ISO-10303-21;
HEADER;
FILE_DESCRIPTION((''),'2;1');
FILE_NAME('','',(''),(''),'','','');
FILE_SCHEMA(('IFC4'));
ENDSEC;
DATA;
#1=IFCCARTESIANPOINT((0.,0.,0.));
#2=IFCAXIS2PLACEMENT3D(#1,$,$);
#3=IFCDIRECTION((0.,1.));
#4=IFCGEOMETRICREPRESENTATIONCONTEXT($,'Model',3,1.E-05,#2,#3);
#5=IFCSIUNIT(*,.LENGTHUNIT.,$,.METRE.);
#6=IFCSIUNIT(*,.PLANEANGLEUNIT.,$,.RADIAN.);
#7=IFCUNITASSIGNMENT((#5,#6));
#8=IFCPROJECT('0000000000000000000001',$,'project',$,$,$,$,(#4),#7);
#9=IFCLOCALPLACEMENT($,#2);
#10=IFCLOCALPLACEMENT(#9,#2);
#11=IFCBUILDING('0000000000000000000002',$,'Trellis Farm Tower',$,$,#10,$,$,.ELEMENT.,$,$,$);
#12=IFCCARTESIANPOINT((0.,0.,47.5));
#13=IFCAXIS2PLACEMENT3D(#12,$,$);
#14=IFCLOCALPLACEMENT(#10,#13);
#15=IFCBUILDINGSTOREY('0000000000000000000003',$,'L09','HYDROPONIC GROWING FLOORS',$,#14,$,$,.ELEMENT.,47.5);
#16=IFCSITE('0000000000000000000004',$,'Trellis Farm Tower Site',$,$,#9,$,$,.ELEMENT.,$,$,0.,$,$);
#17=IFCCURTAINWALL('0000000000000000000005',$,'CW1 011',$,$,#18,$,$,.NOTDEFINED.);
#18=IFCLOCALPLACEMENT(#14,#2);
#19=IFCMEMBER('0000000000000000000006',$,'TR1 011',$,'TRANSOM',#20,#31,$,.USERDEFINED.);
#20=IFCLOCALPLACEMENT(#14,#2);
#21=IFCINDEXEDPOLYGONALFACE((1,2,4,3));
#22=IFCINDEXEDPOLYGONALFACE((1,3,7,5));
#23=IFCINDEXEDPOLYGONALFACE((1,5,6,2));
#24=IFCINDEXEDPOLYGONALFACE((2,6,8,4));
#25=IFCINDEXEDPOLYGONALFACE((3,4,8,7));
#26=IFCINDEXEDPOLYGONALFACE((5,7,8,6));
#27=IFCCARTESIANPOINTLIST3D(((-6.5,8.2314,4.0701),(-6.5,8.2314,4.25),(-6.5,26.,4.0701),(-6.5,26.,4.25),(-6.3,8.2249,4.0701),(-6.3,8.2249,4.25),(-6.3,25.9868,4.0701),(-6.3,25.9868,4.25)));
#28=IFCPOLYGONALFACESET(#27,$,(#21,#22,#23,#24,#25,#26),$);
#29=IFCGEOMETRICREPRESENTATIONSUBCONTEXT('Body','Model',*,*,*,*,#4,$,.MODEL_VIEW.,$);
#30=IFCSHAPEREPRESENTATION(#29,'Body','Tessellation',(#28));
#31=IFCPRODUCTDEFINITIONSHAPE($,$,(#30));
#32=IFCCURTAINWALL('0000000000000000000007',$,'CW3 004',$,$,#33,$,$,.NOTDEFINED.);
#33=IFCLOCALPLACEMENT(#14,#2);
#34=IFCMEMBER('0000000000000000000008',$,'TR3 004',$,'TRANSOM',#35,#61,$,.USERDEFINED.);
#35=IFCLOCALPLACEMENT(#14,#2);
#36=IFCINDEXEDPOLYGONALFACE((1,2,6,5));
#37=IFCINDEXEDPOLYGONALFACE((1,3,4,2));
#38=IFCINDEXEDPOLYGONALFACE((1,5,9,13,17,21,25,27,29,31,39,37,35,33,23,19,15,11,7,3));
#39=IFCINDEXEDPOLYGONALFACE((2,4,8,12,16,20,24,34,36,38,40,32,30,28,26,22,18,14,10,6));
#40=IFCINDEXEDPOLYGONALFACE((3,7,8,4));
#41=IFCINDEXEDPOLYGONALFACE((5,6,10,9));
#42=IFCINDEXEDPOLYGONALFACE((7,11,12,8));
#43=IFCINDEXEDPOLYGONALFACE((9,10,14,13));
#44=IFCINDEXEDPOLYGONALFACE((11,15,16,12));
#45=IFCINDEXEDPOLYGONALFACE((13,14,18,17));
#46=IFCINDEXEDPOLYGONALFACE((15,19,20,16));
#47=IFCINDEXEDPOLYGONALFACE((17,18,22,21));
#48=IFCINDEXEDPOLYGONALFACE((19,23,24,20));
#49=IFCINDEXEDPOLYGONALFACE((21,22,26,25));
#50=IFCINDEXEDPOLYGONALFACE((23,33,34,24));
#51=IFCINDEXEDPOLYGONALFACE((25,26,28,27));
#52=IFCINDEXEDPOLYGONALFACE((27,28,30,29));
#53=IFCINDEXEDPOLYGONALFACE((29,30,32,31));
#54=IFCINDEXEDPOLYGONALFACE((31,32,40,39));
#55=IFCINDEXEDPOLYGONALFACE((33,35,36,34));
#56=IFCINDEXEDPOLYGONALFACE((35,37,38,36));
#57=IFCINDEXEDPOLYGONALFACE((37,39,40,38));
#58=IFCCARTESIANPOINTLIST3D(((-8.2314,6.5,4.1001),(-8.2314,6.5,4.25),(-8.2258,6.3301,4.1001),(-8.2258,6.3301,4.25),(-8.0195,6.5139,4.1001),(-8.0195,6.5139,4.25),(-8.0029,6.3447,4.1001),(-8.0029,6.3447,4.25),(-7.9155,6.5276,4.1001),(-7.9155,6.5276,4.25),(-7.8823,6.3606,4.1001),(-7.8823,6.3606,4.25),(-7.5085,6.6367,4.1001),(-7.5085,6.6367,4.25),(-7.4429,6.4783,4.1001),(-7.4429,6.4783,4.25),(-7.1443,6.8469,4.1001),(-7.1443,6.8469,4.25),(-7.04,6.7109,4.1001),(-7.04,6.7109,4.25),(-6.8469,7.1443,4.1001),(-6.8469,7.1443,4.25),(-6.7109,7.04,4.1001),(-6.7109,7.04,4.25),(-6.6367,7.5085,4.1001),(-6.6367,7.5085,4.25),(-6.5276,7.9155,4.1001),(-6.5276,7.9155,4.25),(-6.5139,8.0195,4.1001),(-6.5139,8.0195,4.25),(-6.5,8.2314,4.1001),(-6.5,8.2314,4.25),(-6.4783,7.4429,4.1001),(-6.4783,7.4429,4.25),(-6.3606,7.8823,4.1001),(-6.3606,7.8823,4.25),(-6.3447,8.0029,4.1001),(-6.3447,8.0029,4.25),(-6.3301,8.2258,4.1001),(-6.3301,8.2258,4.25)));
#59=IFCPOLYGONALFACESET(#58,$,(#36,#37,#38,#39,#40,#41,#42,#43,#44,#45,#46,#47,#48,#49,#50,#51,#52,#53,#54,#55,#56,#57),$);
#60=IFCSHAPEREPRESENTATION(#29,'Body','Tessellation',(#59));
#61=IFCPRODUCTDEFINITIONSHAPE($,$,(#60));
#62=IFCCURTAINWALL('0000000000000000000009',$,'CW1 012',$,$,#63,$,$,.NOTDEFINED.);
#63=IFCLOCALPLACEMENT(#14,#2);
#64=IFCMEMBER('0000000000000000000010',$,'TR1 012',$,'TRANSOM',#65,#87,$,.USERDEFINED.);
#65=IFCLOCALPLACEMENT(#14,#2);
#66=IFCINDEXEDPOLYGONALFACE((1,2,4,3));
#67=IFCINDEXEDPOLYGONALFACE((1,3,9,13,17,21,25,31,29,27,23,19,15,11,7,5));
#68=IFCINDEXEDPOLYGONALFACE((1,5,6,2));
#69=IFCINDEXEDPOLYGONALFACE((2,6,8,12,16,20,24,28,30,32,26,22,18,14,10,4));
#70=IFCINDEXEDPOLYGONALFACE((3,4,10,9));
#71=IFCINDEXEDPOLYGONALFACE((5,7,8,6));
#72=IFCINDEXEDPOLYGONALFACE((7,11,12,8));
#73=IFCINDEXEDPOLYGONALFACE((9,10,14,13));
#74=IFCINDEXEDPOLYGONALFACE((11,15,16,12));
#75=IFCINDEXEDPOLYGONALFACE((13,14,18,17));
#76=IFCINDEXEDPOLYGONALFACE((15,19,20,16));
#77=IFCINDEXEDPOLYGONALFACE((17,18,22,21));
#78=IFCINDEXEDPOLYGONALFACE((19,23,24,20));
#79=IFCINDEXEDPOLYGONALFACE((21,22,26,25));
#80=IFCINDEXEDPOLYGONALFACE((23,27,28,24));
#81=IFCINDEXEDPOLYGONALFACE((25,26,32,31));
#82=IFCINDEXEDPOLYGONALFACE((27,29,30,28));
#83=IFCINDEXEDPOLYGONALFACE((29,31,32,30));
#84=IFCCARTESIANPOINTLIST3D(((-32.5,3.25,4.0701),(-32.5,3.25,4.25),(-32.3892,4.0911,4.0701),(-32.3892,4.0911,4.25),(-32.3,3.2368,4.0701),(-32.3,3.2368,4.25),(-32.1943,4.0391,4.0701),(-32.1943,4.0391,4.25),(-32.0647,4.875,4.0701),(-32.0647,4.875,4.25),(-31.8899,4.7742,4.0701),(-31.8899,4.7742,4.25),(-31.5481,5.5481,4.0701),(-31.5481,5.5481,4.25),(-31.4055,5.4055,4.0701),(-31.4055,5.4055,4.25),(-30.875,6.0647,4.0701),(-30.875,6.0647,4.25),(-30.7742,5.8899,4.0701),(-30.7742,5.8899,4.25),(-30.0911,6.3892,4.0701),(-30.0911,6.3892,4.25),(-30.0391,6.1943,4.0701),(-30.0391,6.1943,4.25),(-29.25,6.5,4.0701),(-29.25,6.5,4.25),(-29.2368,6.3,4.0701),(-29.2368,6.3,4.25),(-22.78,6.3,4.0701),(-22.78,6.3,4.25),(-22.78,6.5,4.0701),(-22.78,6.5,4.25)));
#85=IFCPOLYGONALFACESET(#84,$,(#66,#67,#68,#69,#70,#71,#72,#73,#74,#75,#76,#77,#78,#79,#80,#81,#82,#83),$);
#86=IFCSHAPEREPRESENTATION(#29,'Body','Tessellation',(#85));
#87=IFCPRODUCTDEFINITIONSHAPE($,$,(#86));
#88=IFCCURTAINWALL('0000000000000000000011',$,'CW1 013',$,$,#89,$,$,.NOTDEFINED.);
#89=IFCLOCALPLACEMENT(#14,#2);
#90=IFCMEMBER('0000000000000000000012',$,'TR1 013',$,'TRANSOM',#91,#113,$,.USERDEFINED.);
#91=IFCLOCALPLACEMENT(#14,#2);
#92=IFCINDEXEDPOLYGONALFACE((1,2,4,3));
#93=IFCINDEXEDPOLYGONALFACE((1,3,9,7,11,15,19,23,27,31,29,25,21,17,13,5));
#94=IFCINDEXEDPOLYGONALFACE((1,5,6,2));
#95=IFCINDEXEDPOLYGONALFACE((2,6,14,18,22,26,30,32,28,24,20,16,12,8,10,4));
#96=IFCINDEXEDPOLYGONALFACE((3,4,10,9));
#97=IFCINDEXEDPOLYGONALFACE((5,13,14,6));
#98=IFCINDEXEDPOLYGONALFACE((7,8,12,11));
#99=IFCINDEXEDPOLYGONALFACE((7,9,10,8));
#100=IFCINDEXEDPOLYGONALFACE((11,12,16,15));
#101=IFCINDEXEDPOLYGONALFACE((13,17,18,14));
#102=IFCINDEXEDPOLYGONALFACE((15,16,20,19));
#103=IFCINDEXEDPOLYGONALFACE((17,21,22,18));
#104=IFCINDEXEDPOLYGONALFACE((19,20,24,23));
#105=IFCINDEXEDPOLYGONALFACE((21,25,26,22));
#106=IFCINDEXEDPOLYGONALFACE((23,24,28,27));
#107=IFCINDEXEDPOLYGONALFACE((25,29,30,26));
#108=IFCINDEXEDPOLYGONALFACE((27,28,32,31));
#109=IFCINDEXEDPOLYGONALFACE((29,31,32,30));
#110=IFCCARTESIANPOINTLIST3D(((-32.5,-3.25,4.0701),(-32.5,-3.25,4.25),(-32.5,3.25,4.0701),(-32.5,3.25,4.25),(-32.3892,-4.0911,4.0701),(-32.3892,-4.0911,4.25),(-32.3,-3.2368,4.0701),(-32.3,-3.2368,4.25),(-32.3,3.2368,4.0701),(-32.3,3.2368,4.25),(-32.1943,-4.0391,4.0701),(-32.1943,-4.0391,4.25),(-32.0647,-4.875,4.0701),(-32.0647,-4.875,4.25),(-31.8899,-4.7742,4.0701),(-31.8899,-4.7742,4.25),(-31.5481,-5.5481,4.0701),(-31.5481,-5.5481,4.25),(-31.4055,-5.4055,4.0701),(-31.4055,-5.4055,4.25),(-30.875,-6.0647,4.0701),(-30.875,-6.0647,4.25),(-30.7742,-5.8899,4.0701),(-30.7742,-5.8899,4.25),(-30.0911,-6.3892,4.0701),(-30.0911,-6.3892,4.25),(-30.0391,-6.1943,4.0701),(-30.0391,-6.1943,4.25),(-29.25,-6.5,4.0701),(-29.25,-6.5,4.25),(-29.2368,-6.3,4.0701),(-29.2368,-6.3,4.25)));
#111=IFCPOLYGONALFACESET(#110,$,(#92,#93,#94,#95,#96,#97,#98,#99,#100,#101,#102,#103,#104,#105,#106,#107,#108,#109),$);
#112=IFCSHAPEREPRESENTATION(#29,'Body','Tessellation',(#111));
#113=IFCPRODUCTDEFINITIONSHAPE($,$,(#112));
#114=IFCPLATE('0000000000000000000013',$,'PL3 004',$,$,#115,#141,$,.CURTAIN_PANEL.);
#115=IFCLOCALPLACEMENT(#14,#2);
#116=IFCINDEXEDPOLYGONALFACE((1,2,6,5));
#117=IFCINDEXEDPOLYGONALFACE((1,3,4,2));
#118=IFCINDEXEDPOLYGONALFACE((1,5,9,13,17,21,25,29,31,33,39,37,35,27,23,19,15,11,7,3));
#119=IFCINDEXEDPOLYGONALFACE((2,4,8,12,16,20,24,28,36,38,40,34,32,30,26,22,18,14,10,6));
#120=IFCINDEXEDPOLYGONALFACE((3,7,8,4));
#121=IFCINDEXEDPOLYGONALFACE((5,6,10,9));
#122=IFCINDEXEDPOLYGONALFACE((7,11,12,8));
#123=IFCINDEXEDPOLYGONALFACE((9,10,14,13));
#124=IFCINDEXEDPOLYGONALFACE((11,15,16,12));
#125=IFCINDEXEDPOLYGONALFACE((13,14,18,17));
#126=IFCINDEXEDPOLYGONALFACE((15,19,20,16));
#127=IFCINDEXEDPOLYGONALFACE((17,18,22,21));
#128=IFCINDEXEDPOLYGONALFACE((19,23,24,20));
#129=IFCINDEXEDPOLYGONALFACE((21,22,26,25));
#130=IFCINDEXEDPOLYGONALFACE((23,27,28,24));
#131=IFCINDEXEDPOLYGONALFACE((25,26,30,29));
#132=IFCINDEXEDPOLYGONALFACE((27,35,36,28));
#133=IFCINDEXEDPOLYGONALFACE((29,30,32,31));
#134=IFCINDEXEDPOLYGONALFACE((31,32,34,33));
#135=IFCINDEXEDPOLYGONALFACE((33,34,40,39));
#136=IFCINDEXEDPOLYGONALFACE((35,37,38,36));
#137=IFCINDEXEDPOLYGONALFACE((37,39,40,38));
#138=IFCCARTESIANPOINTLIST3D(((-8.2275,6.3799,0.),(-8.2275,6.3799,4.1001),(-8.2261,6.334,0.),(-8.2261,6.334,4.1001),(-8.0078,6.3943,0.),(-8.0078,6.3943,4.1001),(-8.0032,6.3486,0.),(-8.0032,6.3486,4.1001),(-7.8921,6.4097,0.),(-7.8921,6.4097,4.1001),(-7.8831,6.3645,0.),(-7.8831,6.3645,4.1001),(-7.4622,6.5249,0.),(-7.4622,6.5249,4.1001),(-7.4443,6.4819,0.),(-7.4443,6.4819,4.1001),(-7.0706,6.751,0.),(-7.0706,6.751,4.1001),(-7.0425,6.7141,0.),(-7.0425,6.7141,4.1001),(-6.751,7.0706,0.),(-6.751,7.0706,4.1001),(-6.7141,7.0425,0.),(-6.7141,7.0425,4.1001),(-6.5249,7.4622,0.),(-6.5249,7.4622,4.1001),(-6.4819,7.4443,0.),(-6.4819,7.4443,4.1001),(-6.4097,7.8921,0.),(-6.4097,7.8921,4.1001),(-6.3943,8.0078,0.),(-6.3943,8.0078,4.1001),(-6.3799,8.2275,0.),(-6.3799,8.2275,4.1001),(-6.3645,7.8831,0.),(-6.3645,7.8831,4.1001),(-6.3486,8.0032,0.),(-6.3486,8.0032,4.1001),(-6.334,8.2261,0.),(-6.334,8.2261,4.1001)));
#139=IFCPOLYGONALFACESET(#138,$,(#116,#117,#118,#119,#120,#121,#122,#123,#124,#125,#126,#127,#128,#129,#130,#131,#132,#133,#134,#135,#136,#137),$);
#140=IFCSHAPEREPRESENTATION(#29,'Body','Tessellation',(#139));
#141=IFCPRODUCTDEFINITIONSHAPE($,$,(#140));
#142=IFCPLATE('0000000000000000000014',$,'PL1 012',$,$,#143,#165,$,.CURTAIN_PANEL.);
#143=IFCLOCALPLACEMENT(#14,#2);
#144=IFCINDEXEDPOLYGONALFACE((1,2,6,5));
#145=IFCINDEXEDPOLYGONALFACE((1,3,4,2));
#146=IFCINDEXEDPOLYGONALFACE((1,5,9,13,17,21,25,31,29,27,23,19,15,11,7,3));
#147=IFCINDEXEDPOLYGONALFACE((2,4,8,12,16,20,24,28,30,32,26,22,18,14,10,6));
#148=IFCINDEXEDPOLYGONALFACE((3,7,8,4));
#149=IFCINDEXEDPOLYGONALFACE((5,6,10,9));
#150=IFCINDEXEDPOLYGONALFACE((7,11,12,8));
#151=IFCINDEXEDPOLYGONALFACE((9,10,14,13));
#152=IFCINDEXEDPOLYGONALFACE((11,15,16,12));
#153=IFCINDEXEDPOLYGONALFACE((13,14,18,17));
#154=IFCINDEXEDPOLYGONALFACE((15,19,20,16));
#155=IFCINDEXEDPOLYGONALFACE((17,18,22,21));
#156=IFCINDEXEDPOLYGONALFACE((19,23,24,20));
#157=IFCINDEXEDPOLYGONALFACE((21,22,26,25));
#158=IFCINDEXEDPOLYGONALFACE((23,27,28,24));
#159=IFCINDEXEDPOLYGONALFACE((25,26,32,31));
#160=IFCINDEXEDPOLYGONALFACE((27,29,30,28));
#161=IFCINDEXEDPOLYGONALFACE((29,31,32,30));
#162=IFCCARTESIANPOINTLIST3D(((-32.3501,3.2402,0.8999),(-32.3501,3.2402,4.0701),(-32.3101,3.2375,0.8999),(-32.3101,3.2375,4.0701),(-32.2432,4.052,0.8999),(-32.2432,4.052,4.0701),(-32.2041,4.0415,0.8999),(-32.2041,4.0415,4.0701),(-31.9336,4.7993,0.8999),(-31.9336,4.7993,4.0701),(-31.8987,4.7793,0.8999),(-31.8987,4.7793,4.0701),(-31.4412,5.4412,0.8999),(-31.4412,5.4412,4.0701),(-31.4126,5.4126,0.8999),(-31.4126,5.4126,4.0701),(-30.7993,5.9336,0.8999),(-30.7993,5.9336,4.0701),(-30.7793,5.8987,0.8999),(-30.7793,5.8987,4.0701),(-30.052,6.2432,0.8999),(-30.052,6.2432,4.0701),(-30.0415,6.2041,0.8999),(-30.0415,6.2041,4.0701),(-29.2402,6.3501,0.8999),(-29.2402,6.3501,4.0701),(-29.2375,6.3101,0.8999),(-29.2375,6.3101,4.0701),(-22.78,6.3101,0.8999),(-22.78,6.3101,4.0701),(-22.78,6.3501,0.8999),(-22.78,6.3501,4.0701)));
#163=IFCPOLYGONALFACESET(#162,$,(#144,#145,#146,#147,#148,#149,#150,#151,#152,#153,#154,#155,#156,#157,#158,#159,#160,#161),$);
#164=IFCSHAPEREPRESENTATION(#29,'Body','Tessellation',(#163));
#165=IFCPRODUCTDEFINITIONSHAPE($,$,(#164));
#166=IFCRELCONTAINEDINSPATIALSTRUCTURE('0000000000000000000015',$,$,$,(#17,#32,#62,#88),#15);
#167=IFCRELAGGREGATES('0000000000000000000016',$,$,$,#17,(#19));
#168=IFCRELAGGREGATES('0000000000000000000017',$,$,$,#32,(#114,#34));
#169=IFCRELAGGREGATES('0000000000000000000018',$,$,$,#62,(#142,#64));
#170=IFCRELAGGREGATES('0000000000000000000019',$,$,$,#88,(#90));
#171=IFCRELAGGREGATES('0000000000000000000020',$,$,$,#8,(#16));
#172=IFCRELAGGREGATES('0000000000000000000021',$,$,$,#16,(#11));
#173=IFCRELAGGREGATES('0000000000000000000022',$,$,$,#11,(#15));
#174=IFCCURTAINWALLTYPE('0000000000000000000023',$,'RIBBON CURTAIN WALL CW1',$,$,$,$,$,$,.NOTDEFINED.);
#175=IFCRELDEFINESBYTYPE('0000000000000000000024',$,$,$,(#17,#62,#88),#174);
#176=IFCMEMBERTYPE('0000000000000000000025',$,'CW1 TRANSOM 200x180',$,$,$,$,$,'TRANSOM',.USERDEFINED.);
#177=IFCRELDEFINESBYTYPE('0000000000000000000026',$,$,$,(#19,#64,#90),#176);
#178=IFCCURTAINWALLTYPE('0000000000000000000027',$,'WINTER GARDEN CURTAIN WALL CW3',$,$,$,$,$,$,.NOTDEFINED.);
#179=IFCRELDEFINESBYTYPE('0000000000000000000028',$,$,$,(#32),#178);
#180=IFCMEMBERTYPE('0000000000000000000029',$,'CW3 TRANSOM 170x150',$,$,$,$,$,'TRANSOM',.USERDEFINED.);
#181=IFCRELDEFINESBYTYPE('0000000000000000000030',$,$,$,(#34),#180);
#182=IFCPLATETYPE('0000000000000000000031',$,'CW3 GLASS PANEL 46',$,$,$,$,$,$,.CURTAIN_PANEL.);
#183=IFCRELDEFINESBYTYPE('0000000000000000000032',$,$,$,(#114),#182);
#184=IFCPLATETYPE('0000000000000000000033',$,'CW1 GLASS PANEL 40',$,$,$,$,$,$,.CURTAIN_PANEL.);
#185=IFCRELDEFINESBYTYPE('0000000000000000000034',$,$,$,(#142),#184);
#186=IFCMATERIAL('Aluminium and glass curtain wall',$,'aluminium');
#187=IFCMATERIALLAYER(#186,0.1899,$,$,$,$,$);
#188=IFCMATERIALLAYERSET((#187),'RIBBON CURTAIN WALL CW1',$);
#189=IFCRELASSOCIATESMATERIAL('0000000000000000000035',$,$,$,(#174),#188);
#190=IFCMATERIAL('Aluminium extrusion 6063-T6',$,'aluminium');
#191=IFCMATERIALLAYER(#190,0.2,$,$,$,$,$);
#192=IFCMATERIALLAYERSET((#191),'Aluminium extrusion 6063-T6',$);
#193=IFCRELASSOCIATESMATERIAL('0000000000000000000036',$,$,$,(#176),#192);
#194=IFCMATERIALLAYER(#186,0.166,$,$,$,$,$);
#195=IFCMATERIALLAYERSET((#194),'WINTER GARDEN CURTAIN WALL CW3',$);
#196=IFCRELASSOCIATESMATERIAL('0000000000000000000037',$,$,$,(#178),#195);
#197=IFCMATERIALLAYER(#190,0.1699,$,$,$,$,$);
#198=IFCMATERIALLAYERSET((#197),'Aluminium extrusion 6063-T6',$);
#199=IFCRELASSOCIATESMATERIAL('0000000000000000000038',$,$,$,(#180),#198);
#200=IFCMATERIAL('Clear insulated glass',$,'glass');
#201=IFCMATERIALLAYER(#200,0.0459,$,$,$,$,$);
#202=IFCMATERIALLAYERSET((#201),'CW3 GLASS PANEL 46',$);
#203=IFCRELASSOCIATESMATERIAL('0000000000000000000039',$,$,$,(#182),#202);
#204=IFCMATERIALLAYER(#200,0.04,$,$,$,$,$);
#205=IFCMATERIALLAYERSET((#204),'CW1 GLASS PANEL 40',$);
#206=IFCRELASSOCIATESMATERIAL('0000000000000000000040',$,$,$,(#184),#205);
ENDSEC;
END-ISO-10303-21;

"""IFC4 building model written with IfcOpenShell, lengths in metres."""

from ifc_helpers import new_model, si_unit, direction, frame, origin, place, context, subcontext, project, spatial, polyline, outline, extrude, source, transform, mapped, material, layer, layer_set, type_object, element, aggregate, save


model = new_model("IFC4")

# Units and contexts
model_context = context("Model", 3, precision=1e-05, world=origin(), true_north=direction((0.0, 1.0)))
body_context = subcontext(model_context, "Body", "Model", "MODEL_VIEW")
ifc_project = project(units=[si_unit("LENGTHUNIT", "METRE"), si_unit("PLANEANGLEUNIT", "RADIAN")], contexts=[model_context])

# Site, building, storey
site_placement = place(None, origin())
site = spatial("IfcSite", under=ifc_project, at=site_placement, Name="Trellis Farm Tower Site", CompositionType="ELEMENT", RefElevation=0.0)
building_placement = place(site_placement, origin())
building = spatial("IfcBuilding", under=site, at=building_placement, Name="Trellis Farm Tower", CompositionType="ELEMENT")
storey_placement = place(building_placement, frame((0.0, 0.0, 47.5)))
storey = spatial("IfcBuildingStorey", under=building, at=storey_placement, Name="L09", Description="HYDROPONIC GROWING FLOORS", CompositionType="ELEMENT", Elevation=47.5)

# Curtain walls, members
ifc_material_1 = material(Name="Aluminium and glass curtain wall", Category="aluminium")
ifc_layer_1 = layer(ifc_material_1, 0.1899)
ifc_layer_set_1 = layer_set([ifc_layer_1], Name="RIBBON CURTAIN WALL CW1")
curtain_wall_type_1 = type_object("IfcCurtainWallType", Name="RIBBON CURTAIN WALL CW1", PredefinedType="NOTDEFINED", material=ifc_layer_set_1)
placement_1 = place(storey_placement, origin())
curtain_wall_1 = element("IfcCurtainWall", 1, at=placement_1, inside=storey, type_object=curtain_wall_type_1, Name="CW1 011", PredefinedType="NOTDEFINED")
ifc_material_2 = material(Name="Aluminium extrusion 6063-T6", Category="aluminium")
ifc_layer_2 = layer(ifc_material_2, 0.2)
ifc_layer_set_2 = layer_set([ifc_layer_2], Name="Aluminium extrusion 6063-T6")
member_type_1 = type_object("IfcMemberType", Name="CW1 TRANSOM 200x180", ElementType="TRANSOM", PredefinedType="USERDEFINED", material=ifc_layer_set_2)
shared_shape_1 = source(origin(), body_context, "Body", "SweptSolid", [
    extrude(outline(polyline([(-6.5, 26.0), (-6.5, 8.2314), (-6.3, 8.2249), (-6.3, 25.9868), (-6.5, 26.0)])), origin(), (0.0, 0.0, 1.0), 0.1799),
])
placement_2 = place(storey_placement, frame((0.0, 0.0, 4.0701)))
member_1 = element("IfcMember", 2, at=placement_2, type_object=member_type_1, Name="TR1 011", ObjectType="TRANSOM", PredefinedType="USERDEFINED", context=body_context, shape_type="MappedRepresentation", body=[
    mapped(shared_shape_1, transform((0.0, 0.0, 0.0))),
])
aggregate(curtain_wall_1, [member_1])
ifc_layer_3 = layer(ifc_material_1, 0.166)
ifc_layer_set_3 = layer_set([ifc_layer_3], Name="WINTER GARDEN CURTAIN WALL CW3")
curtain_wall_type_2 = type_object("IfcCurtainWallType", Name="WINTER GARDEN CURTAIN WALL CW3", PredefinedType="NOTDEFINED", material=ifc_layer_set_3)
curtain_wall_2 = element("IfcCurtainWall", 3, at=placement_1, inside=storey, type_object=curtain_wall_type_2, Name="CW3 004", PredefinedType="NOTDEFINED")
ifc_layer_4 = layer(ifc_material_2, 0.1699)
ifc_layer_set_4 = layer_set([ifc_layer_4], Name="Aluminium extrusion 6063-T6")
member_type_2 = type_object("IfcMemberType", Name="CW3 TRANSOM 170x150", ElementType="TRANSOM", PredefinedType="USERDEFINED", material=ifc_layer_set_4)
shared_shape_2 = source(origin(), body_context, "Body", "SweptSolid", [
    extrude(outline(polyline([(-6.5, 8.2314), (-6.5139, 8.0195), (-6.5276, 7.9155), (-6.6367, 7.5085), (-6.8469, 7.1443), (-7.1443, 6.8469), (-7.5085, 6.6367), (-7.9155, 6.5276), (-8.0195, 6.5139), (-8.2314, 6.5), (-8.2258, 6.3301), (-8.0029, 6.3447), (-7.8823, 6.3606), (-7.4429, 6.4783), (-7.04, 6.7109), (-6.7109, 7.04), (-6.4783, 7.4429), (-6.3606, 7.8823), (-6.3447, 8.0029), (-6.3301, 8.2258), (-6.5, 8.2314)])), origin(), (0.0, 0.0, 1.0), 0.1499),
])
member_2_placement = place(storey_placement, frame((0.0, 0.0, 4.1001)))
member_2 = element("IfcMember", 4, at=member_2_placement, type_object=member_type_2, Name="TR3 004", ObjectType="TRANSOM", PredefinedType="USERDEFINED", context=body_context, shape_type="MappedRepresentation", body=[
    mapped(shared_shape_2, transform((0.0, 0.0, 0.0))),
])
curtain_wall_3 = element("IfcCurtainWall", 5, at=placement_1, inside=storey, type_object=curtain_wall_type_1, Name="CW1 012", PredefinedType="NOTDEFINED")
shared_shape_3 = source(origin(), body_context, "Body", "SweptSolid", [
    extrude(outline(polyline([(-22.78, 6.5), (-29.25, 6.5), (-30.0911, 6.3892), (-30.875, 6.0647), (-31.5481, 5.5481), (-32.0647, 4.875), (-32.3892, 4.0911), (-32.5, 3.25), (-32.3, 3.2368), (-32.1943, 4.0391), (-31.8899, 4.7742), (-31.4055, 5.4055), (-30.7742, 5.8899), (-30.0391, 6.1943), (-29.2368, 6.3), (-22.78, 6.3), (-22.78, 6.5)])), origin(), (0.0, 0.0, 1.0), 0.1799),
])
member_3 = element("IfcMember", 6, at=placement_2, type_object=member_type_1, Name="TR1 012", ObjectType="TRANSOM", PredefinedType="USERDEFINED", context=body_context, shape_type="MappedRepresentation", body=[
    mapped(shared_shape_3, transform((0.0, 0.0, 0.0))),
])
curtain_wall_4 = element("IfcCurtainWall", 7, at=placement_1, inside=storey, type_object=curtain_wall_type_1, Name="CW1 013", PredefinedType="NOTDEFINED")
shared_shape_4 = source(origin(), body_context, "Body", "SweptSolid", [
    extrude(outline(polyline([(-32.5, 3.25), (-32.5, -3.25), (-32.3892, -4.0911), (-32.0647, -4.875), (-31.5481, -5.5481), (-30.875, -6.0647), (-30.0911, -6.3892), (-29.25, -6.5), (-29.2368, -6.3), (-30.0391, -6.1943), (-30.7742, -5.8899), (-31.4055, -5.4055), (-31.8899, -4.7742), (-32.1943, -4.0391), (-32.3, -3.2368), (-32.3, 3.2368), (-32.5, 3.25)])), origin(), (0.0, 0.0, 1.0), 0.1799),
])
member_4 = element("IfcMember", 8, at=placement_2, type_object=member_type_1, Name="TR1 013", ObjectType="TRANSOM", PredefinedType="USERDEFINED", context=body_context, shape_type="MappedRepresentation", body=[
    mapped(shared_shape_4, transform((0.0, 0.0, 0.0))),
])

# Plates
ifc_material_3 = material(Name="Clear insulated glass", Category="glass")
ifc_layer_5 = layer(ifc_material_3, 0.0459)
ifc_layer_set_5 = layer_set([ifc_layer_5], Name="CW3 GLASS PANEL 46")
plate_type_1 = type_object("IfcPlateType", Name="CW3 GLASS PANEL 46", PredefinedType="CURTAIN_PANEL", material=ifc_layer_set_5)
shared_shape_5 = source(origin(), body_context, "Body", "SweptSolid", [
    extrude(outline(polyline([(-6.3799, 8.2275), (-6.3943, 8.0078), (-6.4097, 7.8921), (-6.5249, 7.4622), (-6.751, 7.0706), (-7.0706, 6.751), (-7.4622, 6.5249), (-7.8921, 6.4097), (-8.0078, 6.3943), (-8.2275, 6.3799), (-8.2261, 6.334), (-8.0032, 6.3486), (-7.8831, 6.3645), (-7.4443, 6.4819), (-7.0425, 6.7141), (-6.7141, 7.0425), (-6.4819, 7.4443), (-6.3645, 7.8831), (-6.3486, 8.0032), (-6.334, 8.2261), (-6.3799, 8.2275)])), origin(), (0.0, 0.0, 1.0), 4.1001),
])
plate_1 = element("IfcPlate", 9, at=placement_1, type_object=plate_type_1, Name="PL3 004", PredefinedType="CURTAIN_PANEL", context=body_context, shape_type="MappedRepresentation", body=[
    mapped(shared_shape_5, transform((0.0, 0.0, 0.0))),
])
aggregate(curtain_wall_2, [plate_1, member_2])
ifc_layer_6 = layer(ifc_material_3, 0.04)
ifc_layer_set_6 = layer_set([ifc_layer_6], Name="CW1 GLASS PANEL 40")
plate_type_2 = type_object("IfcPlateType", Name="CW1 GLASS PANEL 40", PredefinedType="CURTAIN_PANEL", material=ifc_layer_set_6)
shared_shape_6 = source(origin(), body_context, "Body", "SweptSolid", [
    extrude(outline(polyline([(-22.78, 6.3501), (-29.2402, 6.3501), (-30.052, 6.2432), (-30.7993, 5.9336), (-31.4412, 5.4412), (-31.9336, 4.7993), (-32.2432, 4.052), (-32.3501, 3.2402), (-32.3101, 3.2375), (-32.2041, 4.0415), (-31.8987, 4.7793), (-31.4126, 5.4126), (-30.7793, 5.8987), (-30.0415, 6.2041), (-29.2375, 6.3101), (-22.78, 6.3101), (-22.78, 6.3501)])), origin(), (0.0, 0.0, 1.0), 3.1702),
])
placement_3 = place(storey_placement, frame((0.0, 0.0, 0.8999)))
plate_2 = element("IfcPlate", 10, at=placement_3, type_object=plate_type_2, Name="PL1 012", PredefinedType="CURTAIN_PANEL", context=body_context, shape_type="MappedRepresentation", body=[
    mapped(shared_shape_6, transform((0.0, 0.0, 0.0))),
])
aggregate(curtain_wall_3, [plate_2, member_3])
aggregate(curtain_wall_4, [member_4])

save(model, "model.ifc")
